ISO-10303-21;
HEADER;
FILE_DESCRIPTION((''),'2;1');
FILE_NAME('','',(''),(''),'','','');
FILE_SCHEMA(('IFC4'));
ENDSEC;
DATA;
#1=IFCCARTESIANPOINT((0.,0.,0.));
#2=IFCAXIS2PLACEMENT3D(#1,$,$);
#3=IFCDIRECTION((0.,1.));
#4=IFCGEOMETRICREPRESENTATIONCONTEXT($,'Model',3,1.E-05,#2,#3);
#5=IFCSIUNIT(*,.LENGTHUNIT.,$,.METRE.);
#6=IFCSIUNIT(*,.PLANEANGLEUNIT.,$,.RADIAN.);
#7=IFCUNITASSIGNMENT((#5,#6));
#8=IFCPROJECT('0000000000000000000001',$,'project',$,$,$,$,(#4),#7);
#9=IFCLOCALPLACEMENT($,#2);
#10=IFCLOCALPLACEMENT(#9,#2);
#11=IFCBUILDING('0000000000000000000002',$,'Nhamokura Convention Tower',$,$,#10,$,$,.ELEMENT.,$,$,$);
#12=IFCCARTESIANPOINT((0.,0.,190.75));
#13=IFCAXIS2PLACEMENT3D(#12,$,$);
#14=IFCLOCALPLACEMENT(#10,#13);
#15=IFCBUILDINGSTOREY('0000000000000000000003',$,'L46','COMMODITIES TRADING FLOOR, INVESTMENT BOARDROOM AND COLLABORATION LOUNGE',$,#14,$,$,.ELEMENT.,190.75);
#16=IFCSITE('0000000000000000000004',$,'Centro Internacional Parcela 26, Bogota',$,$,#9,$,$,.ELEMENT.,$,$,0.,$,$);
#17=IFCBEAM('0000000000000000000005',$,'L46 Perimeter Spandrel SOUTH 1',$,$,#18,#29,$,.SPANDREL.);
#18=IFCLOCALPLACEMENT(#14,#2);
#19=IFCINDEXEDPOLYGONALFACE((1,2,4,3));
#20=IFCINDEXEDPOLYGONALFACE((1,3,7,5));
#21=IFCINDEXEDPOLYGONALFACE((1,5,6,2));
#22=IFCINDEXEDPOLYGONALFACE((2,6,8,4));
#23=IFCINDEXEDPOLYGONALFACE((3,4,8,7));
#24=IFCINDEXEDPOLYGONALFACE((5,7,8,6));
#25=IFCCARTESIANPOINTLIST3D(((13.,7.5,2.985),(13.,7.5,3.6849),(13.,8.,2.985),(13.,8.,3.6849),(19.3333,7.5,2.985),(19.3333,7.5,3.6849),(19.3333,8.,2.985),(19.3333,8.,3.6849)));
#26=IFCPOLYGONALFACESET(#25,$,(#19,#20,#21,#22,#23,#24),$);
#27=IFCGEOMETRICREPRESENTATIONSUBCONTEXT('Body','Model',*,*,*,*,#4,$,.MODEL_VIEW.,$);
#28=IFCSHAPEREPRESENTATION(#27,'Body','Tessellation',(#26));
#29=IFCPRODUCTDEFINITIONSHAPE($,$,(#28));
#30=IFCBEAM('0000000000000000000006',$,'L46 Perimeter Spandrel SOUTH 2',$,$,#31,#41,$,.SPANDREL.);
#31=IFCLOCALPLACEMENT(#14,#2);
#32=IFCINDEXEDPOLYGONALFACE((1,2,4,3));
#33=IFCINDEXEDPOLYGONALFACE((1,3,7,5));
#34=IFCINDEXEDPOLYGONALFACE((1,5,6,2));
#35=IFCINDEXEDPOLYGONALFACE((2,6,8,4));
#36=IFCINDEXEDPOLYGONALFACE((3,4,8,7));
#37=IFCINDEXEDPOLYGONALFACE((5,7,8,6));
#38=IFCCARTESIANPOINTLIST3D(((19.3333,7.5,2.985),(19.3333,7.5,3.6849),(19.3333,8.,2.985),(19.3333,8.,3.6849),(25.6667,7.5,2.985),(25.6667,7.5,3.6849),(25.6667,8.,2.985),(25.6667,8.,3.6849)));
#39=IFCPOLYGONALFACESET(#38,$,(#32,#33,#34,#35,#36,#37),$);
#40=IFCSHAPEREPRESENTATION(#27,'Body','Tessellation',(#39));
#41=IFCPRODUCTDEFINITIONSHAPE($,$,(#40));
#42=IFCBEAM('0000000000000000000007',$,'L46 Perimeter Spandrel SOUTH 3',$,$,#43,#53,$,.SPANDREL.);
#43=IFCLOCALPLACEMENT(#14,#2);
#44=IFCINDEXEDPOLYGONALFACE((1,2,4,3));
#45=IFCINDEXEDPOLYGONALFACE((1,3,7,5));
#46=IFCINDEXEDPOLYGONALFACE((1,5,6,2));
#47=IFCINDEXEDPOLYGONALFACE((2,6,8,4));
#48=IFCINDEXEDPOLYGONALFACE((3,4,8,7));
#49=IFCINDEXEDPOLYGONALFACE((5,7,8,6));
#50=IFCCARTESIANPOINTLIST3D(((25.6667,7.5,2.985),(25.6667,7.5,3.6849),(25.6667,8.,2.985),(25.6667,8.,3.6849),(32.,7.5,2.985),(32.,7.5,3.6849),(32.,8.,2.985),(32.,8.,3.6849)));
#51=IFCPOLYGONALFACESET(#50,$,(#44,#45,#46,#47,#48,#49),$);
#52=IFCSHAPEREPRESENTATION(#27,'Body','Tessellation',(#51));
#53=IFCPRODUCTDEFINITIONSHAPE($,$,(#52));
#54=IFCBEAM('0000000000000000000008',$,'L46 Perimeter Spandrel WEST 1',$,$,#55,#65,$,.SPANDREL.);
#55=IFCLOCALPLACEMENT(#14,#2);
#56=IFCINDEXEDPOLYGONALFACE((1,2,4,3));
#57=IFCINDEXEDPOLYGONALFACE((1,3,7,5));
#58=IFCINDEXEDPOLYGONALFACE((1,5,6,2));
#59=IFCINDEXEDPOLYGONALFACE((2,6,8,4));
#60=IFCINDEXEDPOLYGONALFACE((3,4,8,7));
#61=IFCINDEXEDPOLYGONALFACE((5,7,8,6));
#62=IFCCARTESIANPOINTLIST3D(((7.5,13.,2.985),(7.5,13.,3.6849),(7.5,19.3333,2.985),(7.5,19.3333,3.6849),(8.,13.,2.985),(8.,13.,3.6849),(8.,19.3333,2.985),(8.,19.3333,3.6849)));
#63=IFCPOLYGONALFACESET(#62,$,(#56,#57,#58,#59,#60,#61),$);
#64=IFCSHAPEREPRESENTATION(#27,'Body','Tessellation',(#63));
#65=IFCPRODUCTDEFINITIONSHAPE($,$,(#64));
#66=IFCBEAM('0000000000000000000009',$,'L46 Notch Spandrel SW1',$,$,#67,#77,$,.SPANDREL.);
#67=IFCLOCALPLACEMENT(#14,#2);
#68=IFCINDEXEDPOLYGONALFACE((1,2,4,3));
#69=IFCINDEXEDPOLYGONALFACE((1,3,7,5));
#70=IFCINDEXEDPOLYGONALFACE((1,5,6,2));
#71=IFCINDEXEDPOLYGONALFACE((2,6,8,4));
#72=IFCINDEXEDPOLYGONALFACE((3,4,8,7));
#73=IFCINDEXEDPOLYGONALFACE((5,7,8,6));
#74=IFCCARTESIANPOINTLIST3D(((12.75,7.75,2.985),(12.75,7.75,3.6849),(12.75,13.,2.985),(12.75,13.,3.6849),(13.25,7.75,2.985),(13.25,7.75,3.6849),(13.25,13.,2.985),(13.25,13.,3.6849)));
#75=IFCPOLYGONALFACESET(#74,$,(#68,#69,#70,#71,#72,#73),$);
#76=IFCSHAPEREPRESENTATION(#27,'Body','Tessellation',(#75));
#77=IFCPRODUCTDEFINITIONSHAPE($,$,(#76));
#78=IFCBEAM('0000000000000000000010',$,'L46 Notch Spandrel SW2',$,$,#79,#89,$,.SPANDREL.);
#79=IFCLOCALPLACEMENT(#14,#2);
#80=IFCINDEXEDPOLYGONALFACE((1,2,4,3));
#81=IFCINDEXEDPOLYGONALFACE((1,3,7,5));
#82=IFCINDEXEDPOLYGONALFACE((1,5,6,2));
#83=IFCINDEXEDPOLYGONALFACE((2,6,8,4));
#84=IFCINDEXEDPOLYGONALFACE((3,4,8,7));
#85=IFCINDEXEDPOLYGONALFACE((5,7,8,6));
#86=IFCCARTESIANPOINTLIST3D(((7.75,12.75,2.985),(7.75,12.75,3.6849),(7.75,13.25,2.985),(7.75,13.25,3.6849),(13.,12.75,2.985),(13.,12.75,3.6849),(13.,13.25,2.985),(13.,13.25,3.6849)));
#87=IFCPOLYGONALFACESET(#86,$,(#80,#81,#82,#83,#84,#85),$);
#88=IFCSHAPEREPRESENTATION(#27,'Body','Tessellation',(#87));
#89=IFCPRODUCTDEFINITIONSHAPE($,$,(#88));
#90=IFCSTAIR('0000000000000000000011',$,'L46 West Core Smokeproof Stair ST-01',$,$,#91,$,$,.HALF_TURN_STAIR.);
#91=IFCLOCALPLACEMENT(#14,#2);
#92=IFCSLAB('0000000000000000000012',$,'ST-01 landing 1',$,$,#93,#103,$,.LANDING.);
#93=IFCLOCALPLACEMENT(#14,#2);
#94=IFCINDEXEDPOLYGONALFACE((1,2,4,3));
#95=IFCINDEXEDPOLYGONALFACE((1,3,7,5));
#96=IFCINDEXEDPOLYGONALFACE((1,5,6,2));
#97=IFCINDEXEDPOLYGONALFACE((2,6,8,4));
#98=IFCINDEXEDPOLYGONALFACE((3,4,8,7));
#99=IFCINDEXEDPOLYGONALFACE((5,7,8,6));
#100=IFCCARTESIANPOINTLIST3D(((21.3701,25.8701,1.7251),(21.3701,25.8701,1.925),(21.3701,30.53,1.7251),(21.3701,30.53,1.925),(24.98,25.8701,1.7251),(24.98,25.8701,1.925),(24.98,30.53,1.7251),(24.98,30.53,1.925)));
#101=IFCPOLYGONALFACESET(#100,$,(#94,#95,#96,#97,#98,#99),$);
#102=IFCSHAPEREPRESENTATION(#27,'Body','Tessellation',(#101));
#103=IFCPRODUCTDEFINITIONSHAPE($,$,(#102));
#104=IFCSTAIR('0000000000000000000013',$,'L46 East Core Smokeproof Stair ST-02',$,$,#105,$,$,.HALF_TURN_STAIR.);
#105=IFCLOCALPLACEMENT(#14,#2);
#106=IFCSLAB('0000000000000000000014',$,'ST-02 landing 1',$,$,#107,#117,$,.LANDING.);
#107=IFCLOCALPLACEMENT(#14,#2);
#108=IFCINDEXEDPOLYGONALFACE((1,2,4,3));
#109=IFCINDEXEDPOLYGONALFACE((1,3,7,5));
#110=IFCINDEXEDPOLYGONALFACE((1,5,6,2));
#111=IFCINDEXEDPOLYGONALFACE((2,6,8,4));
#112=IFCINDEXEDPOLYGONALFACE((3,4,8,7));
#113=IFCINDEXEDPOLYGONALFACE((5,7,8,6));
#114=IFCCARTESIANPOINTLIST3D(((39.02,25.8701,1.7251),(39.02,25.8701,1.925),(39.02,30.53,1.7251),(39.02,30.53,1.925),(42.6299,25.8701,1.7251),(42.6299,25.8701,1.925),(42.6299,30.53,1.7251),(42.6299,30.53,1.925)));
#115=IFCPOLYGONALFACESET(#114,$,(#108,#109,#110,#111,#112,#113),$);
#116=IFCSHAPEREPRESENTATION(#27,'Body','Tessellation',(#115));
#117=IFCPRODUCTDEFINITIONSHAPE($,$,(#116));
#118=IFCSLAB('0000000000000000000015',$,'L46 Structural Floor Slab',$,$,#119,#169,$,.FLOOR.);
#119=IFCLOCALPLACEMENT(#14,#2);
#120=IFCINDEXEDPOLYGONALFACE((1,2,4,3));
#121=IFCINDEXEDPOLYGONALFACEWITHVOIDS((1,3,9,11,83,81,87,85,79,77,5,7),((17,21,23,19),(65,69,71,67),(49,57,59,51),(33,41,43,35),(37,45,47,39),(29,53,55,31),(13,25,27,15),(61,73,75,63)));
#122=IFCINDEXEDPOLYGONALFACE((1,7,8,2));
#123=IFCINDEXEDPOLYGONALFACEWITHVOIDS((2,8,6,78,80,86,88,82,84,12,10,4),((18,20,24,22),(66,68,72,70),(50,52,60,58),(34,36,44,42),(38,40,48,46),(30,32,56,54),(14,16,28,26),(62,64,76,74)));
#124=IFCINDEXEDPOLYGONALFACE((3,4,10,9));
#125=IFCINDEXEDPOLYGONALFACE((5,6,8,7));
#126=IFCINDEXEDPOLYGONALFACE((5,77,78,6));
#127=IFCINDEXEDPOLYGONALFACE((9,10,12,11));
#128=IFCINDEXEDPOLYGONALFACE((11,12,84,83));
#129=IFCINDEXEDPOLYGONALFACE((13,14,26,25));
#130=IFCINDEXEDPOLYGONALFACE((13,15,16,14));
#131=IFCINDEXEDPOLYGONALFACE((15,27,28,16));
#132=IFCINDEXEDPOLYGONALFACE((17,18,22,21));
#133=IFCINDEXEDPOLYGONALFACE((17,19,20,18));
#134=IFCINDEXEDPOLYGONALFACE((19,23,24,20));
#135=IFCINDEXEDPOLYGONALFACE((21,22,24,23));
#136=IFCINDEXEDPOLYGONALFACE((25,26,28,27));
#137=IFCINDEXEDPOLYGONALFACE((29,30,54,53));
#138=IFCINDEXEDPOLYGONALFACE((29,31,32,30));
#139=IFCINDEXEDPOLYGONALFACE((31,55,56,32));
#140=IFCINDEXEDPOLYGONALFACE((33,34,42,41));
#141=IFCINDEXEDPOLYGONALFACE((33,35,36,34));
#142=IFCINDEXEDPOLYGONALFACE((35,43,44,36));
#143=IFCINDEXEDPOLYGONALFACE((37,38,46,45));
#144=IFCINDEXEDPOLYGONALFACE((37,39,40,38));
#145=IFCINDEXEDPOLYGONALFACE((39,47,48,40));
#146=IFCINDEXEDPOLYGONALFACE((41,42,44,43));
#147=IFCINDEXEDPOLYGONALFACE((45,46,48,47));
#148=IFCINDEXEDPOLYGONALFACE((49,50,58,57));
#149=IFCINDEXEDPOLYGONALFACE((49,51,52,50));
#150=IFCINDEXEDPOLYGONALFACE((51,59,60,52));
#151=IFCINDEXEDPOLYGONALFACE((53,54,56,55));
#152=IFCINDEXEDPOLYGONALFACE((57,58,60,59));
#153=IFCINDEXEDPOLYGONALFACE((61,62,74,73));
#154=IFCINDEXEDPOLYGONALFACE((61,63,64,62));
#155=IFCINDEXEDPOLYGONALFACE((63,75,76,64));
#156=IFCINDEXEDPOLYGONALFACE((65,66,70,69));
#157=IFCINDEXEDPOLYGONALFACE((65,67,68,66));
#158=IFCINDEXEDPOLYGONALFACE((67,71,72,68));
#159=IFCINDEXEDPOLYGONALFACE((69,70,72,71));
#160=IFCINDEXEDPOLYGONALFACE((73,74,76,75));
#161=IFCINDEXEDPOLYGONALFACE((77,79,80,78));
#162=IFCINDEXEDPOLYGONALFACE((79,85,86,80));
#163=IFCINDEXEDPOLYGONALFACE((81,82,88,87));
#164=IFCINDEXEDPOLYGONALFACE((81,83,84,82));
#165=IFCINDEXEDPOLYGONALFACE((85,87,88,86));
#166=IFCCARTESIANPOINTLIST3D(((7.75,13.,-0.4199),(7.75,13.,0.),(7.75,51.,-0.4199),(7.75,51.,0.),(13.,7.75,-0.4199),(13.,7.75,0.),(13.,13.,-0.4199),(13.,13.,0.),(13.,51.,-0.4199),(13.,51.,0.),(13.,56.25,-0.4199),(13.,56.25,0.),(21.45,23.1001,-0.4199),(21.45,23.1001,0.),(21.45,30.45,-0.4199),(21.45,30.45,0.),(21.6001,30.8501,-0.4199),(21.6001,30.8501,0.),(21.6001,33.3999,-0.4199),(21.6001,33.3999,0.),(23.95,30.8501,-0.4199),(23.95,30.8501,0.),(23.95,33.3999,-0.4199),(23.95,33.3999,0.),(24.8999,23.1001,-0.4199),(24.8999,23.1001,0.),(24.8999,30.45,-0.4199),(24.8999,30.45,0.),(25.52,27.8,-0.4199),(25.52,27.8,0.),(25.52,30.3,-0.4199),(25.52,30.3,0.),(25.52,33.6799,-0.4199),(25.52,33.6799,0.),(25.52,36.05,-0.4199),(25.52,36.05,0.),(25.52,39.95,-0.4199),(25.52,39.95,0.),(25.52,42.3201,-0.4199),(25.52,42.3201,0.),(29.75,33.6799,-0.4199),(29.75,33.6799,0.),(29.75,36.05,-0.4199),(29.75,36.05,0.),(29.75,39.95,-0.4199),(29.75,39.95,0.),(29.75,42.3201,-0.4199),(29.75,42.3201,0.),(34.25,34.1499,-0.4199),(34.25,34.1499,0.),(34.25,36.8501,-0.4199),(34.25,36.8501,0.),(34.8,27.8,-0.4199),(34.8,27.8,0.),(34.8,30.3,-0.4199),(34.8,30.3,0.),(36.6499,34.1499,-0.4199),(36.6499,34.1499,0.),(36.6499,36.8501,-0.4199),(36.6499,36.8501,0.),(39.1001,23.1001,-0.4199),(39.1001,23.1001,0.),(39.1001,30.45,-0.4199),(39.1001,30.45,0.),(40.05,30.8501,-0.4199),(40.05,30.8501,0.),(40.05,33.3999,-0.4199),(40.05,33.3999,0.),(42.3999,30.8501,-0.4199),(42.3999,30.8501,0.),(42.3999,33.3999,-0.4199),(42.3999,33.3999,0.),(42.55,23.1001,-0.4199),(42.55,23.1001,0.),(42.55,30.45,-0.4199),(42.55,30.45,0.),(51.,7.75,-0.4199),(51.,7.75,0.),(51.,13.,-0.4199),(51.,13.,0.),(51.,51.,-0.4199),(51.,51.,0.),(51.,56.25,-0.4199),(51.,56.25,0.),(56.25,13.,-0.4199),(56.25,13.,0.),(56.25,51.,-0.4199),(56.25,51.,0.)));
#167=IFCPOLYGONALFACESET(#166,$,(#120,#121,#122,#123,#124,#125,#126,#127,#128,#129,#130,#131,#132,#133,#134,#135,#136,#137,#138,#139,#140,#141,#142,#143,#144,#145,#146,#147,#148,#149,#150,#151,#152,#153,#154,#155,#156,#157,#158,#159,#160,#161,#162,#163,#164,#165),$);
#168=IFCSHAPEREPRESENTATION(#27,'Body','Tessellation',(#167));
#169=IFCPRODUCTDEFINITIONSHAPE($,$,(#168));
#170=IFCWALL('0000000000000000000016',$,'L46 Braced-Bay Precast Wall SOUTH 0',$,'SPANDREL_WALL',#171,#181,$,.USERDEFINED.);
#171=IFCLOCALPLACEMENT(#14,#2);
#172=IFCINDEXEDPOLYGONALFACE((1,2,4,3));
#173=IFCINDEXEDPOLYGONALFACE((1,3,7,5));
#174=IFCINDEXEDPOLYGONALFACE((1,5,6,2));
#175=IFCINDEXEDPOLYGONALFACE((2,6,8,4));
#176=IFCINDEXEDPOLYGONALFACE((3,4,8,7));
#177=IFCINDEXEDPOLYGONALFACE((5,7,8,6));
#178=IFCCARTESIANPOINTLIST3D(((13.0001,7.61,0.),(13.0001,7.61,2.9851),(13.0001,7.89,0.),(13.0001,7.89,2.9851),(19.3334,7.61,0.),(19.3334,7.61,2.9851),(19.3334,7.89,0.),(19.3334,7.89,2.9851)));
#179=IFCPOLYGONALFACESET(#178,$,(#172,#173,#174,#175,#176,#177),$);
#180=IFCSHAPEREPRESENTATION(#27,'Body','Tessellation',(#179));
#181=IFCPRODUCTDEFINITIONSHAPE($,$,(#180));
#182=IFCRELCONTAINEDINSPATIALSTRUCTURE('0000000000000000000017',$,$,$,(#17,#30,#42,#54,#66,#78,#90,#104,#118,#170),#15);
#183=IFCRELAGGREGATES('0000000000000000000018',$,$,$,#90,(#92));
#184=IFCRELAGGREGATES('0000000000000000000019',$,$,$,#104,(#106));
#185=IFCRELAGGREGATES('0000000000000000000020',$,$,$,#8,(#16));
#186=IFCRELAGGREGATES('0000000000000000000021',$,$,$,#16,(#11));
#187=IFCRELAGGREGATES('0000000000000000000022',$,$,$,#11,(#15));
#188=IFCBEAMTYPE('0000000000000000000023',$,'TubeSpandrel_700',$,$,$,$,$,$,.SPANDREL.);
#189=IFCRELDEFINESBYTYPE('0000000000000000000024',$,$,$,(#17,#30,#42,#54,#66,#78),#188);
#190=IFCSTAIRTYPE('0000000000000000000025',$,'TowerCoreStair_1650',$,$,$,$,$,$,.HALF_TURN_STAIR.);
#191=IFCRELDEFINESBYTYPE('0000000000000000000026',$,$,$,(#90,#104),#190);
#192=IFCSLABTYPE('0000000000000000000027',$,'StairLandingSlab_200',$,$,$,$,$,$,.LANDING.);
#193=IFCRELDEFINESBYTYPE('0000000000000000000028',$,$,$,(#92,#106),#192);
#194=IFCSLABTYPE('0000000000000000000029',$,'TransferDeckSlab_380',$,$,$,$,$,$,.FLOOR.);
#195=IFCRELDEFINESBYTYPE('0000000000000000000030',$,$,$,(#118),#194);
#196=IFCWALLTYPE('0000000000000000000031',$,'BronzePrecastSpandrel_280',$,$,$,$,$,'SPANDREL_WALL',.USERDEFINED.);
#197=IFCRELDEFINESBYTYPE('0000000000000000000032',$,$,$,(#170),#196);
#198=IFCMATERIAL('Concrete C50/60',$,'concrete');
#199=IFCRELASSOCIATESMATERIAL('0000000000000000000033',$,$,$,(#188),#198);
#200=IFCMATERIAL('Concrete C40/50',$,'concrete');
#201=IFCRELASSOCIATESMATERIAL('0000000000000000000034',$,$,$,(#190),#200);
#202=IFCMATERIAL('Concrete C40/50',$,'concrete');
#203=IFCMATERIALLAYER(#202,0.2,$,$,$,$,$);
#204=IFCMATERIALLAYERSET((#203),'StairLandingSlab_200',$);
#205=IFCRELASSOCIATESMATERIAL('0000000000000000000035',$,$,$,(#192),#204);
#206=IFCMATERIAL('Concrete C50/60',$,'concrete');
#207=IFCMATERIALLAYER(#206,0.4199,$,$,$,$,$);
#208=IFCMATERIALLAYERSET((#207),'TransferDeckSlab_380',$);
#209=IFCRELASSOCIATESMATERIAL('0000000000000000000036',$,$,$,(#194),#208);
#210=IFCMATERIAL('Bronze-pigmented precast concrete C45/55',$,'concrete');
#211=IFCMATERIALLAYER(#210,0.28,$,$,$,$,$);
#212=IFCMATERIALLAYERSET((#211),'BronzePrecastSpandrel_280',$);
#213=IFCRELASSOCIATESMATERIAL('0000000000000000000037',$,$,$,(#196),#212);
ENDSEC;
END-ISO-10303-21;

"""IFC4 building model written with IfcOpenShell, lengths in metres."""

from ifc_helpers import new_model, si_unit, direction, frame, frame_2d, origin, origin_2d, place, context, subcontext, project, spatial, polyline, rectangle, outline, extrude, material, layer, layer_set, material_profile, profile_set, type_object, element, aggregate, save


model = new_model("IFC4")

# Units and contexts
model_context = context("Model", 3, precision=1e-05, world=origin(), true_north=direction((0.0, 1.0)))
body_context = subcontext(model_context, "Body", "Model", "MODEL_VIEW")
ifc_project = project(units=[si_unit("LENGTHUNIT", "METRE"), si_unit("PLANEANGLEUNIT", "RADIAN")], contexts=[model_context])

# Site, building, storey
site_placement = place(None, origin())
site = spatial("IfcSite", under=ifc_project, at=site_placement, Name="Centro Internacional Parcela 26, Bogota", CompositionType="ELEMENT", RefElevation=0.0)
building_placement = place(site_placement, origin())
building = spatial("IfcBuilding", under=site, at=building_placement, Name="Nhamokura Convention Tower", CompositionType="ELEMENT")
storey_placement = place(building_placement, frame((0.0, 0.0, 190.75)))
storey = spatial("IfcBuildingStorey", under=building, at=storey_placement, Name="L46", Description="COMMODITIES TRADING FLOOR, INVESTMENT BOARDROOM AND COLLABORATION LOUNGE", CompositionType="ELEMENT", Elevation=190.75)

# Beams
ifc_material_1 = material(Name="Concrete C50/60", Category="concrete")
ifc_material_profile_1 = material_profile(ifc_material_1, rectangle(XDim=0.5, YDim=0.7, at=origin_2d()))
ifc_profile_set_1 = profile_set([ifc_material_profile_1], Name="Concrete C50/60")
beam_type_1 = type_object("IfcBeamType", Name="TubeSpandrel_700", PredefinedType="SPANDREL", material=ifc_profile_set_1)
beam_1_placement = place(storey_placement, frame((13.0, 7.75, 3.335), z_axis=(1.0, 0.0, 0.0), x_axis=(0.0, 1.0, 0.0)))
element("IfcBeam", 1, at=beam_1_placement, inside=storey, type_object=beam_type_1, Name="L46 Perimeter Spandrel SOUTH 1", PredefinedType="SPANDREL", context=body_context, shape_type="SweptSolid", body=[
    extrude(rectangle(XDim=0.5, YDim=0.7, at=origin_2d()), origin(), (0.0, 0.0, 1.0), 6.3333),
])
beam_2_placement = place(storey_placement, frame((19.3333, 7.75, 3.335), z_axis=(1.0, 0.0, 0.0), x_axis=(0.0, 1.0, 0.0)))
element("IfcBeam", 2, at=beam_2_placement, inside=storey, type_object=beam_type_1, Name="L46 Perimeter Spandrel SOUTH 2", PredefinedType="SPANDREL", context=body_context, shape_type="SweptSolid", body=[
    extrude(rectangle(XDim=0.5, YDim=0.7, at=origin_2d()), origin(), (0.0, 0.0, 1.0), 6.3335),
])
for number, where, z_axis, x_axis, name in (
    (3, (25.6667, 7.75, 3.335), (1.0, 0.0, 0.0), (0.0, 1.0, 0.0), "L46 Perimeter Spandrel SOUTH 3"),
    (4, (7.75, 13.0, 3.335), (0.0, 1.0, 0.0), (-1.0, 0.0, 0.0), "L46 Perimeter Spandrel WEST 1"),
):
    element("IfcBeam", number, at=place(storey_placement, frame(where, z_axis=z_axis, x_axis=x_axis)), inside=storey, type_object=beam_type_1, Name=name, PredefinedType="SPANDREL", context=body_context, shape_type="SweptSolid", body=[
        extrude(rectangle(XDim=0.5, YDim=0.7, at=origin_2d()), origin(), (0.0, 0.0, 1.0), 6.3333),
    ])
for number, where, z_axis, x_axis, name in (
    (5, (13.0, 7.75, 3.335), (0.0, 1.0, 0.0), (-1.0, 0.0, 0.0), "L46 Notch Spandrel SW1"),
    (6, (13.0, 13.0, 3.335), (-1.0, 0.0, 0.0), (0.0, -1.0, 0.0), "L46 Notch Spandrel SW2"),
):
    element("IfcBeam", number, at=place(storey_placement, frame(where, z_axis=z_axis, x_axis=x_axis)), inside=storey, type_object=beam_type_1, Name=name, PredefinedType="SPANDREL", context=body_context, shape_type="SweptSolid", body=[
        extrude(rectangle(XDim=0.5, YDim=0.7, at=origin_2d()), origin(), (0.0, 0.0, 1.0), 5.25),
    ])

# Stairs, slabs
ifc_material_2 = material(Name="Concrete C40/50", Category="concrete")
stair_type = type_object("IfcStairType", Name="TowerCoreStair_1650", PredefinedType="HALF_TURN_STAIR", material=ifc_material_2)
stair_1_placement = place(storey_placement, origin())
stair_1 = element("IfcStair", 7, at=stair_1_placement, inside=storey, type_object=stair_type, Name="L46 West Core Smokeproof Stair ST-01", PredefinedType="HALF_TURN_STAIR")
ifc_material_3 = material(Name="Concrete C40/50", Category="concrete")
ifc_layer_1 = layer(ifc_material_3, 0.2)
ifc_layer_set_1 = layer_set([ifc_layer_1], Name="StairLandingSlab_200")
slab_type_1 = type_object("IfcSlabType", Name="StairLandingSlab_200", PredefinedType="LANDING", material=ifc_layer_set_1)
slab_1_placement = place(storey_placement, frame((0.0, 0.0, 1.7251)))
slab_1 = element("IfcSlab", 8, at=slab_1_placement, type_object=slab_type_1, Name="ST-01 landing 1", PredefinedType="LANDING", context=body_context, shape_type="SweptSolid", body=[
    extrude(outline(polyline([(24.98, 25.8701), (24.98, 30.53), (21.3701, 30.53), (21.3701, 25.8701), (24.98, 25.8701)])), origin(), (0.0, 0.0, 1.0), 0.2),
])
aggregate(stair_1, [slab_1])
stair_2_placement = place(storey_placement, origin())
stair_2 = element("IfcStair", 9, at=stair_2_placement, inside=storey, type_object=stair_type, Name="L46 East Core Smokeproof Stair ST-02", PredefinedType="HALF_TURN_STAIR")
slab_2_placement = place(storey_placement, frame((0.0, 0.0, 1.7251)))
slab_2 = element("IfcSlab", 10, at=slab_2_placement, type_object=slab_type_1, Name="ST-02 landing 1", PredefinedType="LANDING", context=body_context, shape_type="SweptSolid", body=[
    extrude(outline(polyline([(42.6299, 25.8701), (42.6299, 30.53), (39.02, 30.53), (39.02, 25.8701), (42.6299, 25.8701)])), origin(), (0.0, 0.0, 1.0), 0.2),
])
aggregate(stair_2, [slab_2])

# Slab
ifc_material_4 = material(Name="Concrete C50/60", Category="concrete")
ifc_layer_2 = layer(ifc_material_4, 0.4199)
ifc_layer_set_2 = layer_set([ifc_layer_2], Name="TransferDeckSlab_380")
slab_type_2 = type_object("IfcSlabType", Name="TransferDeckSlab_380", PredefinedType="FLOOR", material=ifc_layer_set_2)
slab_3_placement = place(storey_placement, frame((0.0, 0.0, -0.4199)))
element("IfcSlab", 11, at=slab_3_placement, inside=storey, type_object=slab_type_2, Name="L46 Structural Floor Slab", PredefinedType="FLOOR", context=body_context, shape_type="SweptSolid", body=[
    extrude(outline(polyline([(13.0, 7.75), (51.0, 7.75), (51.0, 13.0), (56.25, 13.0), (56.25, 51.0), (51.0, 51.0), (51.0, 56.25), (13.0, 56.25), (13.0, 51.0), (7.75, 51.0), (7.75, 13.0), (13.0, 13.0), (13.0, 7.75)]), holes=[polyline([(24.8999, 23.1001), (24.8999, 30.45), (21.45, 30.45), (21.45, 23.1001), (24.8999, 23.1001)]), polyline([(42.55, 23.1001), (42.55, 30.45), (39.1001, 30.45), (39.1001, 23.1001), (42.55, 23.1001)]), polyline([(21.6001, 30.8501), (23.95, 30.8501), (23.95, 33.3999), (21.6001, 33.3999), (21.6001, 30.8501)]), polyline([(40.05, 30.8501), (42.3999, 30.8501), (42.3999, 33.3999), (40.05, 33.3999), (40.05, 30.8501)]), polyline([(34.25, 34.1499), (36.6499, 34.1499), (36.6499, 36.8501), (34.25, 36.8501), (34.25, 34.1499)]), polyline([(25.52, 27.8), (34.8, 27.8), (34.8, 30.3), (25.52, 30.3), (25.52, 27.8)]), polyline([(25.52, 33.6799), (29.75, 33.6799), (29.75, 36.05), (25.52, 36.05), (25.52, 33.6799)]), polyline([(25.52, 39.95), (29.75, 39.95), (29.75, 42.3201), (25.52, 42.3201), (25.52, 39.95)])]), origin(), (0.0, 0.0, 1.0), 0.4199),
])

# Wall
ifc_material_5 = material(Name="Bronze-pigmented precast concrete C45/55", Category="concrete")
ifc_layer_3 = layer(ifc_material_5, 0.28)
ifc_layer_set_3 = layer_set([ifc_layer_3], Name="BronzePrecastSpandrel_280")
wall_type_1 = type_object("IfcWallType", Name="BronzePrecastSpandrel_280", ElementType="SPANDREL_WALL", PredefinedType="USERDEFINED", material=ifc_layer_set_3)
wall_1_placement = place(storey_placement, frame((19.3333, 7.75, 0.0), z_axis=(0.0, 0.0, 1.0), x_axis=(-1.0, 0.0, 0.0)))
element("IfcWall", 12, at=wall_1_placement, inside=storey, type_object=wall_type_1, Name="L46 Braced-Bay Precast Wall SOUTH 0", ObjectType="SPANDREL_WALL", PredefinedType="USERDEFINED", context=body_context, shape_type="SweptSolid", body=[
    extrude(rectangle(XDim=6.3333, YDim=0.28, at=frame_2d((3.1665, 0.0))), origin(), (0.0, 0.0, 1.0), 2.9851),
])

save(model, "model.ifc")
